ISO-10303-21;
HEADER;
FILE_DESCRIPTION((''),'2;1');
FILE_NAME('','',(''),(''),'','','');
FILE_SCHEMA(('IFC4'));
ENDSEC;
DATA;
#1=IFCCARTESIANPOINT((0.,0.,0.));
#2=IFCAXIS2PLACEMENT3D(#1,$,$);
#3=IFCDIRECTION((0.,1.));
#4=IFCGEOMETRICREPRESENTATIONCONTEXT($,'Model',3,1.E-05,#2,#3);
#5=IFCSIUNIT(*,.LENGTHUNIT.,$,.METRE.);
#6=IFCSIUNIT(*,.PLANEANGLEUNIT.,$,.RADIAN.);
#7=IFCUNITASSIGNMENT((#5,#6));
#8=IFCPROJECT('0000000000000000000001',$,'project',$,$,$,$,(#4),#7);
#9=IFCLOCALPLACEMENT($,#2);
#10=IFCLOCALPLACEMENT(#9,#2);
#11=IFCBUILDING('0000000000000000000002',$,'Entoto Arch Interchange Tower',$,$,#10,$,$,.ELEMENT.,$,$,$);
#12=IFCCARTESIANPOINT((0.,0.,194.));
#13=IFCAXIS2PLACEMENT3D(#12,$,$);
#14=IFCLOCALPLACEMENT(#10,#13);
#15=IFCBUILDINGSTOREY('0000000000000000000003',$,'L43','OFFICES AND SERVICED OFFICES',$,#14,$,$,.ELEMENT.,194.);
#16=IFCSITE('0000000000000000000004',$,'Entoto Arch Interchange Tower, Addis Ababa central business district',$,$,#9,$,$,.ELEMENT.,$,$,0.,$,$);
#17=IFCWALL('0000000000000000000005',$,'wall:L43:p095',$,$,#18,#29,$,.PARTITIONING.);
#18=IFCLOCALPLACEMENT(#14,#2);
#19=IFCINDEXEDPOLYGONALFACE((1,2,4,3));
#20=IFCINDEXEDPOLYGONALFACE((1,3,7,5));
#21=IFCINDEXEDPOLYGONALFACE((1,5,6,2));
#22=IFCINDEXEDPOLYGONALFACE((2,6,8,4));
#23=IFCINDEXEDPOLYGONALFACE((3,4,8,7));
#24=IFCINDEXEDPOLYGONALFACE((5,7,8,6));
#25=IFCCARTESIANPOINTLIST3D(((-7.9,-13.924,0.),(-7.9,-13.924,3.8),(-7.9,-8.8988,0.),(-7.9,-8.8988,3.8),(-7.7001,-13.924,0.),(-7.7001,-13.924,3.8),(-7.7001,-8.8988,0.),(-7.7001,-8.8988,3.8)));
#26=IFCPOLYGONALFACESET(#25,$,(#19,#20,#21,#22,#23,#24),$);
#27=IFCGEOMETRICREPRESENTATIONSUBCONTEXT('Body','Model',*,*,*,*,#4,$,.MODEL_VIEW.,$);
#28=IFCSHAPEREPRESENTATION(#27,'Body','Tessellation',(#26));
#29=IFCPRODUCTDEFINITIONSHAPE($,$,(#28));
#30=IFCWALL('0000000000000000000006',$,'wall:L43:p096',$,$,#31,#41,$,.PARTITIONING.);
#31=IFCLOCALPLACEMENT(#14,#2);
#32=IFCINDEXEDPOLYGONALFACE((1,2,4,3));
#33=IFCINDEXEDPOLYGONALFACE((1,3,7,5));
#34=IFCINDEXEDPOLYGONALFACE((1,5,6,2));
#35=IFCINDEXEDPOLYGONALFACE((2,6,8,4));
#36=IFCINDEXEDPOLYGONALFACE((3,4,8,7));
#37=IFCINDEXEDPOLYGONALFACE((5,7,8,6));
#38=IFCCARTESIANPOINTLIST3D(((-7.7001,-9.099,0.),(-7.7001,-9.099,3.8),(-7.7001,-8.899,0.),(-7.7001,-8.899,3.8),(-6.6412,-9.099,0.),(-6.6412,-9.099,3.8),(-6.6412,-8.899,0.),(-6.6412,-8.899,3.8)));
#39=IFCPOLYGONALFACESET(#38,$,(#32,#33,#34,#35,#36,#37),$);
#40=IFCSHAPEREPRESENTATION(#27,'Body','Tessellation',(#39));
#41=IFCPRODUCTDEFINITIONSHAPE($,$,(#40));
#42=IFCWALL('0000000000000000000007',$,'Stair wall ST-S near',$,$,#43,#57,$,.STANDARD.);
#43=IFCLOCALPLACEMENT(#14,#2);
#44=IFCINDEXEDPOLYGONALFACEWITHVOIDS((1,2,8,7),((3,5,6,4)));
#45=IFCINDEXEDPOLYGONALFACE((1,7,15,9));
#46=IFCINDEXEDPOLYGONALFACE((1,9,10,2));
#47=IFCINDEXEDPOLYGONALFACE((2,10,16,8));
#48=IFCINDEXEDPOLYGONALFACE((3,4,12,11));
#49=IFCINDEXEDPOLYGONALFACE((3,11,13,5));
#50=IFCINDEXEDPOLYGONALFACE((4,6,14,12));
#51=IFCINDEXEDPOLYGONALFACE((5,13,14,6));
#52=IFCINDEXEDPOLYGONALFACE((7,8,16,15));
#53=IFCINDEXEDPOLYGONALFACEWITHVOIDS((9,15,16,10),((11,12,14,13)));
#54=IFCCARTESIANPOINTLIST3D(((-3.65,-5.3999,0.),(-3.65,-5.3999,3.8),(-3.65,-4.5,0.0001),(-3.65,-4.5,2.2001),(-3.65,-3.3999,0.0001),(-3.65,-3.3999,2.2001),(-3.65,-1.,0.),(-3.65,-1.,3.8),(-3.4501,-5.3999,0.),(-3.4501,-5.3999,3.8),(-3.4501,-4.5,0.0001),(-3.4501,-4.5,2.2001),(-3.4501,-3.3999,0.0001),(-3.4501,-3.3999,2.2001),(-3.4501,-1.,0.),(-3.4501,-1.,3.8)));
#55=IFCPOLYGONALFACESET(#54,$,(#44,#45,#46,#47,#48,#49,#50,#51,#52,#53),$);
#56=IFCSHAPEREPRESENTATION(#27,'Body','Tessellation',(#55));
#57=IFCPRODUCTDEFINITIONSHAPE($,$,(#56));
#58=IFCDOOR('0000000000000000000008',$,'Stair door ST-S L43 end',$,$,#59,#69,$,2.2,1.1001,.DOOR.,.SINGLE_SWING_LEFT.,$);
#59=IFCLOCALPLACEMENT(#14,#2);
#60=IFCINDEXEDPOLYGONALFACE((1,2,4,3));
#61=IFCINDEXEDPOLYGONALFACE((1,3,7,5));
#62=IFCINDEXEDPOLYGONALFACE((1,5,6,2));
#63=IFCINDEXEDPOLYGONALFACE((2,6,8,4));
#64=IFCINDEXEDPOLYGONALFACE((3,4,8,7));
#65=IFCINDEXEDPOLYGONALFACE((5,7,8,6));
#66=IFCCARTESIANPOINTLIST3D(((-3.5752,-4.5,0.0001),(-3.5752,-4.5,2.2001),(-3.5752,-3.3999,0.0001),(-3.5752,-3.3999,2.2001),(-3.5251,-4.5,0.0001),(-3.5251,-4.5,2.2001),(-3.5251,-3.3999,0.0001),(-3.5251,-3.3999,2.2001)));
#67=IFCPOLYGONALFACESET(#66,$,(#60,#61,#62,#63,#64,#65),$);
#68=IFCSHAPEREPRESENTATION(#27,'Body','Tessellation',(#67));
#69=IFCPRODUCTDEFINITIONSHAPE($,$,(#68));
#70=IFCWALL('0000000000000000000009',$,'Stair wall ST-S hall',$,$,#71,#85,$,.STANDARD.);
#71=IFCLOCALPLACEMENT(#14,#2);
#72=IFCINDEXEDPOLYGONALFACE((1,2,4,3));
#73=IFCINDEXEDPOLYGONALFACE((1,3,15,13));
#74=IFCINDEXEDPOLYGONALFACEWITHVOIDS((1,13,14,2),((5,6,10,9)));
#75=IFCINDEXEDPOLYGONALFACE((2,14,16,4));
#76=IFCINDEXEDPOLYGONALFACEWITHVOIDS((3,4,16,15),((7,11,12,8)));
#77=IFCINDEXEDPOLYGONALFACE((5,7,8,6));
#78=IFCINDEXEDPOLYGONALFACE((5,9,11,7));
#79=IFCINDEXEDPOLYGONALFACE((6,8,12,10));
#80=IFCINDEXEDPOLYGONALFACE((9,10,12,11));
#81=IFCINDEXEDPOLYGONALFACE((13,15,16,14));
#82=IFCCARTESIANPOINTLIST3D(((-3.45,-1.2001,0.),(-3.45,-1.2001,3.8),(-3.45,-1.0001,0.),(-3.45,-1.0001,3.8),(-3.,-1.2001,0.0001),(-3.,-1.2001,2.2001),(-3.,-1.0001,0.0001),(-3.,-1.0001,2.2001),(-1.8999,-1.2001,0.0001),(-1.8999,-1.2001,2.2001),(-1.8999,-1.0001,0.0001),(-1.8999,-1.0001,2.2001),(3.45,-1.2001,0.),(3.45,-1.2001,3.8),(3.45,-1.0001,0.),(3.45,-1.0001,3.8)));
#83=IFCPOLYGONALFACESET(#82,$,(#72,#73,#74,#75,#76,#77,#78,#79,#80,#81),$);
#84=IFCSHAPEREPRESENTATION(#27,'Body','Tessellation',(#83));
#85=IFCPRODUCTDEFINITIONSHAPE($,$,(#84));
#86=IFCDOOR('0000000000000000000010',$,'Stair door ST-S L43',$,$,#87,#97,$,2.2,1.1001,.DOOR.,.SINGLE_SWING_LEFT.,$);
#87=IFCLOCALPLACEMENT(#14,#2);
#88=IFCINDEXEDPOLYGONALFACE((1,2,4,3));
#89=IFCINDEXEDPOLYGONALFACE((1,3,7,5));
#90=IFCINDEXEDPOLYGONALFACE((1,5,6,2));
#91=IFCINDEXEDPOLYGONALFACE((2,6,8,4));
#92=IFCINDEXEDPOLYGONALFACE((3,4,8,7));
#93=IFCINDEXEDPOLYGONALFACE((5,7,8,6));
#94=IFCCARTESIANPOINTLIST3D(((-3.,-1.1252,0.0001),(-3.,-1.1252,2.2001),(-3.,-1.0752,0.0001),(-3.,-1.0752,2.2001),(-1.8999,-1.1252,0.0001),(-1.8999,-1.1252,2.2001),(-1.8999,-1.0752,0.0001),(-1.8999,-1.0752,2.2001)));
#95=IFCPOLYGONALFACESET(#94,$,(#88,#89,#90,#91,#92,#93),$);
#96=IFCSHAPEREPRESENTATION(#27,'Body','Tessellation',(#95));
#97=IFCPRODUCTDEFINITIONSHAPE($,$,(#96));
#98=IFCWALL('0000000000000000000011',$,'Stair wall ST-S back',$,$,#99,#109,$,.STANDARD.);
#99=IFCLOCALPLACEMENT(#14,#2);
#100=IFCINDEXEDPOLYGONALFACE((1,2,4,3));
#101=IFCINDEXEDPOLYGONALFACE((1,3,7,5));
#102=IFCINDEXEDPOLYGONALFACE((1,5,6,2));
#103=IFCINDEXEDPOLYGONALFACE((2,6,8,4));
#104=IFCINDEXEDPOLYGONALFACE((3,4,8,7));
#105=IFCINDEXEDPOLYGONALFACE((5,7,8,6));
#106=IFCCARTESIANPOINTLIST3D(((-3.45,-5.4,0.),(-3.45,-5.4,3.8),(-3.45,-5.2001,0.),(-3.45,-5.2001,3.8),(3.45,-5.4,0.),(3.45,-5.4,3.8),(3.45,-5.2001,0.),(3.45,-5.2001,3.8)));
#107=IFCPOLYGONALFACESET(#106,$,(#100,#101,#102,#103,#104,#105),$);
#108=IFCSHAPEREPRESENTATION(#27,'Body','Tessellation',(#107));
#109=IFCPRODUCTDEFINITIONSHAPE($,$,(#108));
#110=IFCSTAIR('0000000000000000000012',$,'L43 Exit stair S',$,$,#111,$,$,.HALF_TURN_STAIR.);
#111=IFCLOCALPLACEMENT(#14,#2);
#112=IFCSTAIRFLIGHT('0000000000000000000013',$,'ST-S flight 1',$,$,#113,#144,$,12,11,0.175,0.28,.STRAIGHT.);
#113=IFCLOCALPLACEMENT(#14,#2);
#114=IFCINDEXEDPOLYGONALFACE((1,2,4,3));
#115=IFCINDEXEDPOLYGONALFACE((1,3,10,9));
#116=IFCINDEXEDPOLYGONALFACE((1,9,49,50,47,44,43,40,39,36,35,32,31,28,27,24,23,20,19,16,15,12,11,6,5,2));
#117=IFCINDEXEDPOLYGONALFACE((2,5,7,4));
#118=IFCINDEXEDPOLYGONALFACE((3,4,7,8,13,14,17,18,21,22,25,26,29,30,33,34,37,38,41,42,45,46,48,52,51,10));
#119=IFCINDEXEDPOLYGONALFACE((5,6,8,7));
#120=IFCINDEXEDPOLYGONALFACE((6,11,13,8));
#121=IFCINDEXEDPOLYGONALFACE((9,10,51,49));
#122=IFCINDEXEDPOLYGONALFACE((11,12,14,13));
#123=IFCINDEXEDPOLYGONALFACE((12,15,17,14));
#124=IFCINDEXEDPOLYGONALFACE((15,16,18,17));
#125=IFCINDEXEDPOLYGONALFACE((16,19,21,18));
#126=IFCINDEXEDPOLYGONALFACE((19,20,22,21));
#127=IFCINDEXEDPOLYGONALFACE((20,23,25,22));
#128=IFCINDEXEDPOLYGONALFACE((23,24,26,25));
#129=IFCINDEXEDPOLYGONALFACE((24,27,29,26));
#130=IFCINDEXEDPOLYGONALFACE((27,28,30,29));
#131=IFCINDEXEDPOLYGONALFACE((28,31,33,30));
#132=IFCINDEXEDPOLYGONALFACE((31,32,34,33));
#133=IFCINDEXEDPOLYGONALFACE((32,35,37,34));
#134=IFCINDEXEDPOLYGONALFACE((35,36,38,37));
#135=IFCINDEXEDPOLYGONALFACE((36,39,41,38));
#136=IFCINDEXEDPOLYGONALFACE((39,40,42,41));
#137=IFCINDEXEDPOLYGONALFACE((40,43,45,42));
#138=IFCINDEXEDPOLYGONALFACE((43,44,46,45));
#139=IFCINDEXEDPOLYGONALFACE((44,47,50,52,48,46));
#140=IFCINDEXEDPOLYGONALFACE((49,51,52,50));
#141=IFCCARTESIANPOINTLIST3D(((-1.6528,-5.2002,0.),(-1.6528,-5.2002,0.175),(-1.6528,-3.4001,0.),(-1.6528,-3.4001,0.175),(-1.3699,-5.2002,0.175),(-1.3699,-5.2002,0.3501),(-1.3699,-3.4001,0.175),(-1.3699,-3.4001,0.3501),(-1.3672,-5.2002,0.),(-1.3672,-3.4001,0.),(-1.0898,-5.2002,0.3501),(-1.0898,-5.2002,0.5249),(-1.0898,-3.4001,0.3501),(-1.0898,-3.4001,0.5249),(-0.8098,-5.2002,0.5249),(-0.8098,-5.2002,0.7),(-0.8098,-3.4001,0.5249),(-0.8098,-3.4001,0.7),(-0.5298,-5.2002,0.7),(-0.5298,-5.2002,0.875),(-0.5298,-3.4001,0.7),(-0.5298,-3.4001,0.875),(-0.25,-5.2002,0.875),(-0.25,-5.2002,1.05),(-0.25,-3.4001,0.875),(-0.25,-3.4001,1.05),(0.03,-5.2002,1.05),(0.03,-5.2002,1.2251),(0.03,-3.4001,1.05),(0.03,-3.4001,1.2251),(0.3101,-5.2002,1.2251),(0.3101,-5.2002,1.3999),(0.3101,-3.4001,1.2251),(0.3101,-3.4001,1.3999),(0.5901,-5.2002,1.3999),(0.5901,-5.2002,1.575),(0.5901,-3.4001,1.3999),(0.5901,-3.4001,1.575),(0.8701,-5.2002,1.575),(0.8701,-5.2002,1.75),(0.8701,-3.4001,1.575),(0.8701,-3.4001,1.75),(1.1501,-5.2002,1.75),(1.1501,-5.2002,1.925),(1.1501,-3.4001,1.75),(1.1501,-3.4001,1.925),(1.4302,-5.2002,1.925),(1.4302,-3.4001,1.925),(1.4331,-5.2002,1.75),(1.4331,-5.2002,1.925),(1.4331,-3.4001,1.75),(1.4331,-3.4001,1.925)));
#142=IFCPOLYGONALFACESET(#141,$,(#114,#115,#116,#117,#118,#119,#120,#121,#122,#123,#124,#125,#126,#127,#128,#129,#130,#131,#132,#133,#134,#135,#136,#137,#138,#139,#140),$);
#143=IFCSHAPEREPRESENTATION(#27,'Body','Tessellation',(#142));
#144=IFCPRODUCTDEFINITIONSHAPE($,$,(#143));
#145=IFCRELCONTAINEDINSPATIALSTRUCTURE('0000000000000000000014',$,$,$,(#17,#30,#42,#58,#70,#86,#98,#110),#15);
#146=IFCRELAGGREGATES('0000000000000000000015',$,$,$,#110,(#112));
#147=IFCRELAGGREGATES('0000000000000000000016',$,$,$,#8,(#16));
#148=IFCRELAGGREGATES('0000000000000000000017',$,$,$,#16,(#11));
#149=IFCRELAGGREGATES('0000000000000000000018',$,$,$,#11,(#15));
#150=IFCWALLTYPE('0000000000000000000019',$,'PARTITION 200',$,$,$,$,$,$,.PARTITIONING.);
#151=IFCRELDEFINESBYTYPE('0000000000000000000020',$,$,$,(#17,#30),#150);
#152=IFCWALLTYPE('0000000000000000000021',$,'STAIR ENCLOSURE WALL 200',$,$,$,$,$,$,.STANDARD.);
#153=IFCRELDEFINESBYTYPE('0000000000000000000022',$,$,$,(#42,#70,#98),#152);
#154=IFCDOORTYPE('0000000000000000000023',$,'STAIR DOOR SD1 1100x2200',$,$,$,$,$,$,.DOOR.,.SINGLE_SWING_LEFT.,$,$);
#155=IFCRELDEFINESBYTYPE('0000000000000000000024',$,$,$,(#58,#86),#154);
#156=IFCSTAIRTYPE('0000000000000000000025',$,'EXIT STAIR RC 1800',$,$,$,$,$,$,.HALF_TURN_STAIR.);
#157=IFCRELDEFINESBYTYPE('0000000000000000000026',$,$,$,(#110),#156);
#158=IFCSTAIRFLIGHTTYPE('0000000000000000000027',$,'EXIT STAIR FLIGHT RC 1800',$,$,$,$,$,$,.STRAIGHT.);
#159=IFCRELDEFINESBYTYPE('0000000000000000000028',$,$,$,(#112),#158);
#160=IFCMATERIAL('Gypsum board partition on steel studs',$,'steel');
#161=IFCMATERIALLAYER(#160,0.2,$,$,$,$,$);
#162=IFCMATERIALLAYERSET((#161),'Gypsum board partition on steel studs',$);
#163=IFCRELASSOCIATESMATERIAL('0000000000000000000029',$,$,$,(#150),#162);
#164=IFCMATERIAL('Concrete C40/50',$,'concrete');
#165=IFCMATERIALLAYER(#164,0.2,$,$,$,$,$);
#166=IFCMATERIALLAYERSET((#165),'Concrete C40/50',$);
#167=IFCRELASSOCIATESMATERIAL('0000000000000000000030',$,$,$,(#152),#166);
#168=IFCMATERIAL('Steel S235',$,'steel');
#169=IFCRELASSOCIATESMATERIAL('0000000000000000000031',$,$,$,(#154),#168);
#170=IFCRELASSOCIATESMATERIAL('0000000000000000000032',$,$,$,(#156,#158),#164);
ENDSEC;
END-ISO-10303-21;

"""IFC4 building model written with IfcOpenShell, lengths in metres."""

from ifc_helpers import new_model, si_unit, direction, frame, frame_2d, origin, place, context, subcontext, project, spatial, polyline, rectangle, outline, extrude, material, layer, layer_set, type_object, element, fill, aggregate, save


model = new_model("IFC4")

# Units and contexts
model_context = context("Model", 3, precision=1e-05, world=origin(), true_north=direction((0.0, 1.0)))
body_context = subcontext(model_context, "Body", "Model", "MODEL_VIEW")
ifc_project = project(units=[si_unit("LENGTHUNIT", "METRE"), si_unit("PLANEANGLEUNIT", "RADIAN")], contexts=[model_context])

# Site, building, storey
site_placement = place(None, origin())
site = spatial("IfcSite", under=ifc_project, at=site_placement, Name="Entoto Arch Interchange Tower, Addis Ababa central business district", CompositionType="ELEMENT", RefElevation=0.0)
building_placement = place(site_placement, origin())
building = spatial("IfcBuilding", under=site, at=building_placement, Name="Entoto Arch Interchange Tower", CompositionType="ELEMENT")
storey_placement = place(building_placement, frame((0.0, 0.0, 194.0)))
storey = spatial("IfcBuildingStorey", under=building, at=storey_placement, Name="L43", Description="OFFICES AND SERVICED OFFICES", CompositionType="ELEMENT", Elevation=194.0)

# Shared definitions
ifc_material_1 = material(Name="Concrete C40/50", Category="concrete")

# Walls
ifc_material_2 = material(Name="Gypsum board partition on steel studs", Category="steel")
ifc_layer_1 = layer(ifc_material_2, 0.2)
ifc_layer_set_1 = layer_set([ifc_layer_1], Name="Gypsum board partition on steel studs")
wall_type_1 = type_object("IfcWallType", Name="PARTITION 200", PredefinedType="PARTITIONING", material=ifc_layer_set_1)
wall_1_placement = place(storey_placement, frame((-7.8, -13.9241, 0.0), z_axis=(0.0, 0.0, 1.0), x_axis=(0.0, 1.0, 0.0)))
element("IfcWall", 1, at=wall_1_placement, inside=storey, type_object=wall_type_1, Name="wall:L43:p095", PredefinedType="PARTITIONING", context=body_context, shape_type="SweptSolid", body=[
    extrude(rectangle(XDim=5.0251, YDim=0.2, at=frame_2d((2.5127, 0.0))), origin(), (0.0, 0.0, 1.0), 3.8),
])
wall_2_placement = place(storey_placement, frame((-7.7, -8.999, 0.0), z_axis=(0.0, 0.0, 1.0), x_axis=(1.0, 0.0, 0.0)))
element("IfcWall", 2, at=wall_2_placement, inside=storey, type_object=wall_type_1, Name="wall:L43:p096", PredefinedType="PARTITIONING", context=body_context, shape_type="SweptSolid", body=[
    extrude(rectangle(XDim=1.0588, YDim=0.2, at=frame_2d((0.5293, 0.0))), origin(), (0.0, 0.0, 1.0), 3.8),
])

# Walls, openings, doors
ifc_layer_2 = layer(ifc_material_1, 0.2)
ifc_layer_set_2 = layer_set([ifc_layer_2], Name="Concrete C40/50")
wall_type_2 = type_object("IfcWallType", Name="STAIR ENCLOSURE WALL 200", PredefinedType="STANDARD", material=ifc_layer_set_2)
wall_3_placement = place(storey_placement, frame((-3.55, -1.0, 0.0), z_axis=(0.0, 0.0, 1.0), x_axis=(0.0, -1.0, 0.0)))
wall_3 = element("IfcWall", 3, at=wall_3_placement, inside=storey, type_object=wall_type_2, Name="Stair wall ST-S near", PredefinedType="STANDARD", context=body_context, shape_type="SweptSolid", body=[
    extrude(rectangle(XDim=4.3999, YDim=0.2, at=frame_2d((2.2, 0.0))), origin(), (0.0, 0.0, 1.0), 3.8),
])
opening_1_placement = place(wall_3_placement, frame((2.3999, 0.0, 0.0)))
opening_1 = element("IfcOpeningElement", 4, at=opening_1_placement, cuts=wall_3, PredefinedType="OPENING", context=body_context, shape_type="SweptSolid", body=[
    extrude(rectangle(XDim=1.1001, YDim=2.2, at=frame_2d((0.55, 1.1001))), frame((0.0, 0.1099, 0.0), z_axis=(0.0, -1.0, 0.0), x_axis=(1.0, 0.0, 0.0)), (0.0, 0.0, 1.0), 0.22),
])
ifc_material_3 = material(Name="Steel S235", Category="steel")
door_type = type_object("IfcDoorType", Name="STAIR DOOR SD1 1100x2200", OperationType="SINGLE_SWING_LEFT", PredefinedType="DOOR", material=ifc_material_3)
door_1_placement = place(opening_1_placement, origin())
door_1 = element("IfcDoor", 5, at=door_1_placement, inside=storey, type_object=door_type, Name="Stair door ST-S L43 end", OperationType="SINGLE_SWING_LEFT", OverallHeight=2.2, OverallWidth=1.1001, PredefinedType="DOOR", context=body_context, shape_type="SweptSolid", body=[
    extrude(rectangle(XDim=1.1001, YDim=2.2, at=frame_2d((0.55, 1.1001))), frame((0.0, 0.0249, 0.0), z_axis=(0.0, -1.0, 0.0), x_axis=(1.0, 0.0, 0.0)), (0.0, 0.0, 1.0), 0.05),
])
fill(opening_1, door_1)
wall_4_placement = place(storey_placement, frame((-3.45, -1.1001, 0.0), z_axis=(0.0, 0.0, 1.0), x_axis=(1.0, 0.0, 0.0)))
wall_4 = element("IfcWall", 6, at=wall_4_placement, inside=storey, type_object=wall_type_2, Name="Stair wall ST-S hall", PredefinedType="STANDARD", context=body_context, shape_type="SweptSolid", body=[
    extrude(rectangle(XDim=6.8999, YDim=0.2, at=frame_2d((3.45, 0.0))), origin(), (0.0, 0.0, 1.0), 3.8),
])
opening_2_placement = place(wall_4_placement, frame((0.45, 0.0, 0.0)))
opening_2 = element("IfcOpeningElement", 7, at=opening_2_placement, cuts=wall_4, PredefinedType="OPENING", context=body_context, shape_type="SweptSolid", body=[
    extrude(rectangle(XDim=1.1001, YDim=2.2, at=frame_2d((0.55, 1.1001))), frame((0.0, 0.1099, 0.0), z_axis=(0.0, -1.0, 0.0), x_axis=(1.0, 0.0, 0.0)), (0.0, 0.0, 1.0), 0.22),
])
door_2_placement = place(opening_2_placement, origin())
door_2 = element("IfcDoor", 8, at=door_2_placement, inside=storey, type_object=door_type, Name="Stair door ST-S L43", OperationType="SINGLE_SWING_LEFT", OverallHeight=2.2, OverallWidth=1.1001, PredefinedType="DOOR", context=body_context, shape_type="SweptSolid", body=[
    extrude(rectangle(XDim=1.1001, YDim=2.2, at=frame_2d((0.55, 1.1001))), frame((0.0, 0.0249, 0.0), z_axis=(0.0, -1.0, 0.0), x_axis=(1.0, 0.0, 0.0)), (0.0, 0.0, 1.0), 0.05),
])
fill(opening_2, door_2)

# Wall
wall_5_placement = place(storey_placement, frame((-3.45, -5.3, 0.0), z_axis=(0.0, 0.0, 1.0), x_axis=(1.0, 0.0, 0.0)))
element("IfcWall", 9, at=wall_5_placement, inside=storey, type_object=wall_type_2, Name="Stair wall ST-S back", PredefinedType="STANDARD", context=body_context, shape_type="SweptSolid", body=[
    extrude(rectangle(XDim=6.8999, YDim=0.2, at=frame_2d((3.45, 0.0))), origin(), (0.0, 0.0, 1.0), 3.8),
])

# Stair, stair flight
stair_type = type_object("IfcStairType", Name="EXIT STAIR RC 1800", PredefinedType="HALF_TURN_STAIR", material=ifc_material_1)
stair_placement = place(storey_placement, origin())
stair = element("IfcStair", 10, at=stair_placement, inside=storey, type_object=stair_type, Name="L43 Exit stair S", PredefinedType="HALF_TURN_STAIR")
stair_flight_type = type_object("IfcStairFlightType", Name="EXIT STAIR FLIGHT RC 1800", PredefinedType="STRAIGHT", material=ifc_material_1)
stair_flight_placement = place(storey_placement, frame((-1.6499, -4.3, 0.0), z_axis=(0.0, 0.0, 1.0), x_axis=(1.0, 0.0, 0.0)))
stair_flight = element("IfcStairFlight", 11, at=stair_flight_placement, type_object=stair_flight_type, Name="ST-S flight 1", NumberOfRisers=12, NumberOfTreads=11, PredefinedType="STRAIGHT", RiserHeight=0.175, TreadLength=0.28, context=body_context, shape_type="SweptSolid", body=[
    extrude(outline(polyline([(-0.0029, 0.0), (-0.0029, 0.175), (0.28, 0.175), (0.28, 0.3501), (0.5601, 0.3501), (0.5601, 0.5249), (0.8401, 0.5249), (0.8401, 0.7), (1.1201, 0.7), (1.1201, 0.875), (1.3999, 0.875), (1.3999, 1.05), (1.6799, 1.05), (1.6799, 1.2251), (1.96, 1.2251), (1.96, 1.3999), (2.24, 1.3999), (2.24, 1.575), (2.52, 1.575), (2.52, 1.75), (2.8, 1.75), (2.8, 1.925), (3.0801, 1.925), (3.083, 1.925), (3.083, 1.75), (0.2827, 0.0), (-0.0029, 0.0)])), frame((0.0, 0.8999, 0.0), z_axis=(0.0, -1.0, 0.0), x_axis=(1.0, 0.0, 0.0)), (0.0, 0.0, 1.0), 1.8),
])
aggregate(stair, [stair_flight])

save(model, "model.ifc")
